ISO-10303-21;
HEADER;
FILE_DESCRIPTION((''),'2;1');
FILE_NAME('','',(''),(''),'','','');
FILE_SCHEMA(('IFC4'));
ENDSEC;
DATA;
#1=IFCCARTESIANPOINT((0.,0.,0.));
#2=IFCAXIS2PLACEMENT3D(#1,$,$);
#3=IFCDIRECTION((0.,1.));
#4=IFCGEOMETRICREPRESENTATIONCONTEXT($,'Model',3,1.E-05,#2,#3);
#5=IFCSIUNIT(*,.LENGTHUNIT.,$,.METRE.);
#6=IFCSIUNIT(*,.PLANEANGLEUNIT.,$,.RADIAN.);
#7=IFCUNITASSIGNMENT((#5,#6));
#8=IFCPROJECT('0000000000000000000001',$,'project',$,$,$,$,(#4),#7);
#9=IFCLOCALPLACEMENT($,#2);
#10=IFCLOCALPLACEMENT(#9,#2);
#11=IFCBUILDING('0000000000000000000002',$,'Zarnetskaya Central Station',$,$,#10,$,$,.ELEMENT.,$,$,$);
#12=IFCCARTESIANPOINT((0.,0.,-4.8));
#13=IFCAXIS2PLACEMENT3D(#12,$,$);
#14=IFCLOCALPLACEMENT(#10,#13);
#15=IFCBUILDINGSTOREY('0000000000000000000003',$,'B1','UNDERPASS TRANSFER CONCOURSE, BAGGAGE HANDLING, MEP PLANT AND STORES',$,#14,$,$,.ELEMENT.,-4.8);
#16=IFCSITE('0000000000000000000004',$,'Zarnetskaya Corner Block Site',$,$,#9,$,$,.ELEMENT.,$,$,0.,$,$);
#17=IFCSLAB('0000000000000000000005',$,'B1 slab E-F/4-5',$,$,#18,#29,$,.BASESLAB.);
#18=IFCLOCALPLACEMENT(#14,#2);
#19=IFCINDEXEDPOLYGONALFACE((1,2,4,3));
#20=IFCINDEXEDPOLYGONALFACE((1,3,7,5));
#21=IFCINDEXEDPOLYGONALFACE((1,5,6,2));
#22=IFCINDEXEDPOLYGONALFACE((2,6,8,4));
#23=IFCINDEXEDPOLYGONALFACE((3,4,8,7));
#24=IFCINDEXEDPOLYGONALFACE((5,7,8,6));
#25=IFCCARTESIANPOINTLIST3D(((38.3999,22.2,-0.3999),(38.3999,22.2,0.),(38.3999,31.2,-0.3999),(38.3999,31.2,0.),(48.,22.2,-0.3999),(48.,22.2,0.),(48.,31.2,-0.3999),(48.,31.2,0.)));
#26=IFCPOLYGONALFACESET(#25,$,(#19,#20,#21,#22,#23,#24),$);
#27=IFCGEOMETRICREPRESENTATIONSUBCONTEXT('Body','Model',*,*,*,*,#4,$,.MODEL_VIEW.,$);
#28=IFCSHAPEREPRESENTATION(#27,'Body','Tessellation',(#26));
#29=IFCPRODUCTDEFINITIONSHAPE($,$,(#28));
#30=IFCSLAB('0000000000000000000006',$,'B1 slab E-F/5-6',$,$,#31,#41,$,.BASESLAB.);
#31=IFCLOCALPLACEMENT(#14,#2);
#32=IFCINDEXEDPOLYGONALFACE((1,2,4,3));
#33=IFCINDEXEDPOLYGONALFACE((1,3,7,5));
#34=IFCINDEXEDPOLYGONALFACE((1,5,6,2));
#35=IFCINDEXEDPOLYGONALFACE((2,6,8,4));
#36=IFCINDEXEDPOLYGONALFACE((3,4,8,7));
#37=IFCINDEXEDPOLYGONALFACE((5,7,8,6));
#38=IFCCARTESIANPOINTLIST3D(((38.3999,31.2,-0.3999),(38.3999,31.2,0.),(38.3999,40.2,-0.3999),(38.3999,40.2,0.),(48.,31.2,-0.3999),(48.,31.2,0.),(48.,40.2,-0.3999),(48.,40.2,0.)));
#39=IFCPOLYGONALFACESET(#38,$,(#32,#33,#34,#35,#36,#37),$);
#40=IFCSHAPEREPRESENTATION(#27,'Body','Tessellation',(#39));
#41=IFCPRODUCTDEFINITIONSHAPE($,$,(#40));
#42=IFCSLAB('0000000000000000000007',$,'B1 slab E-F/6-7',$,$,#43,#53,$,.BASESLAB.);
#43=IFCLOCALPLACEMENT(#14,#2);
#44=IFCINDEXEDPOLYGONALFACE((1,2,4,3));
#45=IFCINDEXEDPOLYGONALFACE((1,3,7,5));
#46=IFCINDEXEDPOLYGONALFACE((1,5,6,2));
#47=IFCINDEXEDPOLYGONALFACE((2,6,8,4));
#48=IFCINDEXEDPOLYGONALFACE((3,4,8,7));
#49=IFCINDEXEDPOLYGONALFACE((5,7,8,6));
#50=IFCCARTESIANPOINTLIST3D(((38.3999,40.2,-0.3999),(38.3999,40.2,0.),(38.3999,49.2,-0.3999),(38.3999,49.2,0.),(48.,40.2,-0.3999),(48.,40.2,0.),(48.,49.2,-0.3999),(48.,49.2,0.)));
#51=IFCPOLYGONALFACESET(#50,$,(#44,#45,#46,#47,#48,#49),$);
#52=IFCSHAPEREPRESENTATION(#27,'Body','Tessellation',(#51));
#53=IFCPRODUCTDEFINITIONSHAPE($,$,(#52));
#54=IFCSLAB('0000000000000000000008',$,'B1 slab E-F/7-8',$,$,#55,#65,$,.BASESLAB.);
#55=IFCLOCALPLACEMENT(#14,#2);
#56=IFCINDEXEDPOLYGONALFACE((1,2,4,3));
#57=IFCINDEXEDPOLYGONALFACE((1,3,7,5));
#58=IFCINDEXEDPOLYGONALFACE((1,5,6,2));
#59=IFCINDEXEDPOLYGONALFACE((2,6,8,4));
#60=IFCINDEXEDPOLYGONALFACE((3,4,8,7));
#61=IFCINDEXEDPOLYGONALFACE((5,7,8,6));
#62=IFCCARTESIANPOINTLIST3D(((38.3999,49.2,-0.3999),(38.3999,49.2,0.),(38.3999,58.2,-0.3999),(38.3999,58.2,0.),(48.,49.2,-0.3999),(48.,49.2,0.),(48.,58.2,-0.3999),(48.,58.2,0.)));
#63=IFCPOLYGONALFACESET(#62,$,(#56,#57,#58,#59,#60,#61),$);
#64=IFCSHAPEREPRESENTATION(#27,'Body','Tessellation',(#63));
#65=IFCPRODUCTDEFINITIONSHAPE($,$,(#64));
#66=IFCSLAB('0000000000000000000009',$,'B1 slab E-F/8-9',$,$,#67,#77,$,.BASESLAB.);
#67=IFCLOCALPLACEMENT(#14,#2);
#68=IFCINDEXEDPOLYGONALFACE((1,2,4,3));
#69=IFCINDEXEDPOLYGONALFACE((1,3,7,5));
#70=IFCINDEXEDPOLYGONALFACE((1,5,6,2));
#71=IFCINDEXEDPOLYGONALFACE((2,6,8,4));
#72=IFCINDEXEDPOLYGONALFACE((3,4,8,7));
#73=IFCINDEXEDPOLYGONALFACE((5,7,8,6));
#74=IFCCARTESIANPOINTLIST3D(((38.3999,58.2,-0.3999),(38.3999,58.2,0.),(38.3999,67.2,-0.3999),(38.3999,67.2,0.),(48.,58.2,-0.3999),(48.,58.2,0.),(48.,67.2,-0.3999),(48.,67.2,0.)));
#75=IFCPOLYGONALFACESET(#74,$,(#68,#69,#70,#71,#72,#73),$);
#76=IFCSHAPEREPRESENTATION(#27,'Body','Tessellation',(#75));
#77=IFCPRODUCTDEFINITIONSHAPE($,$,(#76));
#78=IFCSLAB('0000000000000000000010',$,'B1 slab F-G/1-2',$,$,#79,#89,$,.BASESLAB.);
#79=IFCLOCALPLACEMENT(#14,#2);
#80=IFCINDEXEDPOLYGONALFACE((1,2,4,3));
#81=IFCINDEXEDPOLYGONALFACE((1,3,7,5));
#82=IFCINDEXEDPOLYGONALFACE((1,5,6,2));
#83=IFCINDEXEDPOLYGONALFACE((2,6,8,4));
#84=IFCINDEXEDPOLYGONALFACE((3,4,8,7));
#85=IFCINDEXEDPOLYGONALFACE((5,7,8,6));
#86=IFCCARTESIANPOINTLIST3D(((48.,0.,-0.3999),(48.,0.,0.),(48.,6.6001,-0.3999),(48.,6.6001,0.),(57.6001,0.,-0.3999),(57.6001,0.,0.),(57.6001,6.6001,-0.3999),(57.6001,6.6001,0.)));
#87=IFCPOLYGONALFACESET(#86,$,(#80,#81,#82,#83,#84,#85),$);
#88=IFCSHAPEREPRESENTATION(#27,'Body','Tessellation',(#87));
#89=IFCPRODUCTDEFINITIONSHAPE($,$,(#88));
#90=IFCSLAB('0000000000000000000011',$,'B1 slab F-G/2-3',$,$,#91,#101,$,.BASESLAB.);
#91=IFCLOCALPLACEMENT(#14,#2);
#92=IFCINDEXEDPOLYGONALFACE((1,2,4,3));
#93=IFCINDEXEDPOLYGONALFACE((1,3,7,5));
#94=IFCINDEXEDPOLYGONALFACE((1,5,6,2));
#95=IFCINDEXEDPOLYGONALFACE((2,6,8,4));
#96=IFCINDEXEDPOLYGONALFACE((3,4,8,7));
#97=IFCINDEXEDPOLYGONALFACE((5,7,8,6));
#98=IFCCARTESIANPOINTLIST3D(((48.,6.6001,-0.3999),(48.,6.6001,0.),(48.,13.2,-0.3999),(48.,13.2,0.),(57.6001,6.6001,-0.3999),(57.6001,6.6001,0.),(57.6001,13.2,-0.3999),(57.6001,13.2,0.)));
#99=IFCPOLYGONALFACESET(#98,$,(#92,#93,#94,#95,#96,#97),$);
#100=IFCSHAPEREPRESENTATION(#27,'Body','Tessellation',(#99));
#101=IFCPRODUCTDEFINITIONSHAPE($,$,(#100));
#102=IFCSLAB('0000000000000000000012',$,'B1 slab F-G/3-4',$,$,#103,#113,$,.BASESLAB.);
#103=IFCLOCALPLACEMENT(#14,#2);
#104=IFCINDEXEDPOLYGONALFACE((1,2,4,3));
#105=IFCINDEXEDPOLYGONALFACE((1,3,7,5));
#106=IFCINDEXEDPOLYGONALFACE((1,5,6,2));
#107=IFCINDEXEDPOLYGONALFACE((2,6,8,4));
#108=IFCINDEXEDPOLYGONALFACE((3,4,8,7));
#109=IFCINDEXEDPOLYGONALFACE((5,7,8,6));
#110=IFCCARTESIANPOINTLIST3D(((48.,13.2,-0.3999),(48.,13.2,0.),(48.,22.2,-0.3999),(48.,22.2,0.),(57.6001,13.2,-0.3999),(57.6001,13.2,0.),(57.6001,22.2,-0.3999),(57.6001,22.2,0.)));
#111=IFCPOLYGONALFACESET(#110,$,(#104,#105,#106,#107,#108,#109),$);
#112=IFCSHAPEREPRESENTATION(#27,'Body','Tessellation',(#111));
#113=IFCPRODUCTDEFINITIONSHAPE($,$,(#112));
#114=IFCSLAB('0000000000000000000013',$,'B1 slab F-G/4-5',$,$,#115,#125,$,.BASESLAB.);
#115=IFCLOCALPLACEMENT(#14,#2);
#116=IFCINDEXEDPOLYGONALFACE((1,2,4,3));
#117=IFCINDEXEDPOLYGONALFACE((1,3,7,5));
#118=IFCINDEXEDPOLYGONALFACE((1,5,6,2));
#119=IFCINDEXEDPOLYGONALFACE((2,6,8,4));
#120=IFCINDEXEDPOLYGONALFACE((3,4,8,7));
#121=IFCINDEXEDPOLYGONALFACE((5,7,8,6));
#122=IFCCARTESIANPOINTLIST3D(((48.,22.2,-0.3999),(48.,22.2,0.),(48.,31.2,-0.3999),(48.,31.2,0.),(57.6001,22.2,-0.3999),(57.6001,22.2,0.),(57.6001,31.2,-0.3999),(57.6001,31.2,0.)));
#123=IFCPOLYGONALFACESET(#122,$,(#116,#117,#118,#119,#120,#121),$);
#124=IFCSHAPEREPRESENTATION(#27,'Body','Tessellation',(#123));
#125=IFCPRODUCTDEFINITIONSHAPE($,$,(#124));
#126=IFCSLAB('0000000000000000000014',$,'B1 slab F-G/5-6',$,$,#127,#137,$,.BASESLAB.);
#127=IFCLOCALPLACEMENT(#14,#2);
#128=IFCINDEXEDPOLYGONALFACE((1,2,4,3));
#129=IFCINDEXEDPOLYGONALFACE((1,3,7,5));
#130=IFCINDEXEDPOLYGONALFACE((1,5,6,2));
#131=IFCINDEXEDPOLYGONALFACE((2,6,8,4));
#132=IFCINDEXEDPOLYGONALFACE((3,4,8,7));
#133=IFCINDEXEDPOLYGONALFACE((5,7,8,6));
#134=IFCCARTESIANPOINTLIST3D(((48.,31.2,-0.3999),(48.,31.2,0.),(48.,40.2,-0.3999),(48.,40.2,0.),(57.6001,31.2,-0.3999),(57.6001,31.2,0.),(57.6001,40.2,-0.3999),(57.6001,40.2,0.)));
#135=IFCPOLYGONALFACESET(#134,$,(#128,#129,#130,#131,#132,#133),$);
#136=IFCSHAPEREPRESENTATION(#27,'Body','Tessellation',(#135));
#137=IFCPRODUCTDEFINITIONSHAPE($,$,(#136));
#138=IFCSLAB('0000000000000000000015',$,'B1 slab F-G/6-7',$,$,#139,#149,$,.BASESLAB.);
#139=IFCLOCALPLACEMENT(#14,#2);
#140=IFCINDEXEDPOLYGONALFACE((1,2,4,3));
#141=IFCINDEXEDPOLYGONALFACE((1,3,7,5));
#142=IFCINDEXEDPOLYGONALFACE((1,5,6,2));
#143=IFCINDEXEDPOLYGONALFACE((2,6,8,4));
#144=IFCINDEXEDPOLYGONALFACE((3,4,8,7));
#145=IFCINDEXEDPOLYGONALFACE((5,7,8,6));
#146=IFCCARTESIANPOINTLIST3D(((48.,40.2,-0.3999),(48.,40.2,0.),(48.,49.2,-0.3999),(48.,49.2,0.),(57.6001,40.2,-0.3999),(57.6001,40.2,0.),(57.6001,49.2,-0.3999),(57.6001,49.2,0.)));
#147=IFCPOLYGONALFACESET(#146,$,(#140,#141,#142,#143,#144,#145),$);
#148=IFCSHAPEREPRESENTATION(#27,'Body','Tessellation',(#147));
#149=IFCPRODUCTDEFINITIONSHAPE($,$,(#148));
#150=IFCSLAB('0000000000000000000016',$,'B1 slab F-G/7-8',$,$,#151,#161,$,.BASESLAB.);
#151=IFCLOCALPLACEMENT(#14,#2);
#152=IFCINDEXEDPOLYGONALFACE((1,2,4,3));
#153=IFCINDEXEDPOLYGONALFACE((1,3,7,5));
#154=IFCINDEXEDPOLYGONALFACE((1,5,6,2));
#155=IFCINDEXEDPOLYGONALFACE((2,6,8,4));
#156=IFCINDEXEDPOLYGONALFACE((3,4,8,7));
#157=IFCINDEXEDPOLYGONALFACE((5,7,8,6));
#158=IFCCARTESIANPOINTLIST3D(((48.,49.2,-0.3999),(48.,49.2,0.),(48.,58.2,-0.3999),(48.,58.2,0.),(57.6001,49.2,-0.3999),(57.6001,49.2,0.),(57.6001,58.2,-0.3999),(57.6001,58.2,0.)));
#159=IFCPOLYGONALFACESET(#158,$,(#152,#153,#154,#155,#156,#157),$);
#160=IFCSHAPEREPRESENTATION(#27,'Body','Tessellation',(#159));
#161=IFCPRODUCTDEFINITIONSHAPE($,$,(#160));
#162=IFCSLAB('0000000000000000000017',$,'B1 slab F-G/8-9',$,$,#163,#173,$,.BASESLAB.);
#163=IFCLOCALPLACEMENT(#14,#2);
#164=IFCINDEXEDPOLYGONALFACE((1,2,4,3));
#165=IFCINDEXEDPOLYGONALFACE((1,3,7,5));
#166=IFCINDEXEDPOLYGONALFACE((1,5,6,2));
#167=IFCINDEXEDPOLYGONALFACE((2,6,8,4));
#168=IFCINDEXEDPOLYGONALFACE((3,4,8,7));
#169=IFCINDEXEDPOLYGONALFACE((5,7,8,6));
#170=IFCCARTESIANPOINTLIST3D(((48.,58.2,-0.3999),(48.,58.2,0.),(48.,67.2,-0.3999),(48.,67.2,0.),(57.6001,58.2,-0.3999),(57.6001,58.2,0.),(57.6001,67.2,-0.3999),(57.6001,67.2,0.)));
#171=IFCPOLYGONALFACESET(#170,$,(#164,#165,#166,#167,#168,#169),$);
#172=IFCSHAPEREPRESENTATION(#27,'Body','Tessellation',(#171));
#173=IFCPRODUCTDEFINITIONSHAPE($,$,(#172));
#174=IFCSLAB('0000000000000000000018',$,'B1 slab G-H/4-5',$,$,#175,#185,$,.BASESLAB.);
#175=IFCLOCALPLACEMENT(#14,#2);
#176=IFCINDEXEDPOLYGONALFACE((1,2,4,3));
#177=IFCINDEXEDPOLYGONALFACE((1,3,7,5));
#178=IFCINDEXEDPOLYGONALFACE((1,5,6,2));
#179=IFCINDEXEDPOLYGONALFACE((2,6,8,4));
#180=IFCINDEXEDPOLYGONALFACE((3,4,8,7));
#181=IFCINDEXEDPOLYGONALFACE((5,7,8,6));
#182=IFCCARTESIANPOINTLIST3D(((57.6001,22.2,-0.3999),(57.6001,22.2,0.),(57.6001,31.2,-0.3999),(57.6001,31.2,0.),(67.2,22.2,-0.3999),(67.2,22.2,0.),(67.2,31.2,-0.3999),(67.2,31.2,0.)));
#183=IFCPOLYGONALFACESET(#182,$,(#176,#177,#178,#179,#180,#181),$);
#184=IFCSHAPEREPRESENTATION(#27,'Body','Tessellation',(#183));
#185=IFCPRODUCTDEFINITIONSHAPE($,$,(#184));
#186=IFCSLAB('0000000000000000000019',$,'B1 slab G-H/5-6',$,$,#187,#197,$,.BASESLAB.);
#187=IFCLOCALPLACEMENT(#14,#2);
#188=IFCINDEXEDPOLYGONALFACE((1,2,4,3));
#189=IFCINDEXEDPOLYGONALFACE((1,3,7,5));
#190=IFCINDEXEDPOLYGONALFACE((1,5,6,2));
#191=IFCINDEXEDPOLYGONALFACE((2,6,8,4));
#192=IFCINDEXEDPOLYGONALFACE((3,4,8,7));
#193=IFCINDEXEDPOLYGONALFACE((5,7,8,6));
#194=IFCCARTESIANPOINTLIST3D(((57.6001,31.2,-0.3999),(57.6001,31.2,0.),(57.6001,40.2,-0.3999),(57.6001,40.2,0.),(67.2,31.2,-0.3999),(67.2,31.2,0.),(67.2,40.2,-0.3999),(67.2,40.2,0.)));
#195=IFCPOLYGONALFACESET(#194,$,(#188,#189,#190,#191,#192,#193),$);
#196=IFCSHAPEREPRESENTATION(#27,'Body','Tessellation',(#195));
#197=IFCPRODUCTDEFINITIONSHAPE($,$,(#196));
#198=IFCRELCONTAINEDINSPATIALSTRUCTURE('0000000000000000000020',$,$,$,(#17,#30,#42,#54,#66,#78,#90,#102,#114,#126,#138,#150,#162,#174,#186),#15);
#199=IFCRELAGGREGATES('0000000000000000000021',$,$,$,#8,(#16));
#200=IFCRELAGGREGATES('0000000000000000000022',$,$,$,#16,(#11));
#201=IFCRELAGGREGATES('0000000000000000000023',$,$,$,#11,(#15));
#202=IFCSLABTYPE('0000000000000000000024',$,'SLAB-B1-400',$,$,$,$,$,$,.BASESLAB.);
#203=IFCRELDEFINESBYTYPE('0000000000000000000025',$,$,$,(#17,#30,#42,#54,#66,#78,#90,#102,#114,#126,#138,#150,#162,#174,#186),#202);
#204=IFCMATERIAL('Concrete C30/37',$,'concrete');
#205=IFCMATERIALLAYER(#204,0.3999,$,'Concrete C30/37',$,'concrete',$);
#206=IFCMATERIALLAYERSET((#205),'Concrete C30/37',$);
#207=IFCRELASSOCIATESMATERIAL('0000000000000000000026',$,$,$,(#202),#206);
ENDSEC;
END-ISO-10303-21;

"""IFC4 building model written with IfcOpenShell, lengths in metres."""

from ifc_helpers import new_model, si_unit, direction, frame, origin, place, context, subcontext, project, spatial, polyline, outline, extrude, material, layer, layer_set, type_object, element, save


model = new_model("IFC4")

# Units and contexts
model_context = context("Model", 3, precision=1e-05, world=origin(), true_north=direction((0.0, 1.0)))
body_context = subcontext(model_context, "Body", "Model", "MODEL_VIEW")
ifc_project = project(units=[si_unit("LENGTHUNIT", "METRE"), si_unit("PLANEANGLEUNIT", "RADIAN")], contexts=[model_context])

# Site, building, storey
site_placement = place(None, origin())
site = spatial("IfcSite", under=ifc_project, at=site_placement, Name="Zarnetskaya Corner Block Site", CompositionType="ELEMENT", RefElevation=0.0)
building_placement = place(site_placement, origin())
building = spatial("IfcBuilding", under=site, at=building_placement, Name="Zarnetskaya Central Station", CompositionType="ELEMENT")
storey_placement = place(building_placement, frame((0.0, 0.0, -4.8)))
storey = spatial("IfcBuildingStorey", under=building, at=storey_placement, Name="B1", Description="UNDERPASS TRANSFER CONCOURSE, BAGGAGE HANDLING, MEP PLANT AND STORES", CompositionType="ELEMENT", Elevation=-4.8)

# Slabs
ifc_material = material(Name="Concrete C30/37", Category="concrete")
ifc_layer = layer(ifc_material, 0.3999, Name="Concrete C30/37", Category="concrete")
ifc_layer_set = layer_set([ifc_layer], Name="Concrete C30/37")
slab_type = type_object("IfcSlabType", Name="SLAB-B1-400", PredefinedType="BASESLAB", material=ifc_layer_set)
slab_1_placement = place(storey_placement, frame((0.0, 0.0, -0.3999)))
element("IfcSlab", 1, at=slab_1_placement, inside=storey, type_object=slab_type, Name="B1 slab E-F/4-5", PredefinedType="BASESLAB", context=body_context, shape_type="SweptSolid", body=[
    extrude(outline(polyline([(38.3999, 22.2), (48.0, 22.2), (48.0, 31.2), (38.3999, 31.2), (38.3999, 22.2)])), origin(), (0.0, 0.0, 1.0), 0.3999),
])
slab_2_placement = place(storey_placement, frame((0.0, 0.0, -0.3999)))
element("IfcSlab", 2, at=slab_2_placement, inside=storey, type_object=slab_type, Name="B1 slab E-F/5-6", PredefinedType="BASESLAB", context=body_context, shape_type="SweptSolid", body=[
    extrude(outline(polyline([(38.3999, 31.2), (48.0, 31.2), (48.0, 40.2), (38.3999, 40.2), (38.3999, 31.2)])), origin(), (0.0, 0.0, 1.0), 0.3999),
])
slab_3_placement = place(storey_placement, frame((0.0, 0.0, -0.3999)))
element("IfcSlab", 3, at=slab_3_placement, inside=storey, type_object=slab_type, Name="B1 slab E-F/6-7", PredefinedType="BASESLAB", context=body_context, shape_type="SweptSolid", body=[
    extrude(outline(polyline([(38.3999, 40.2), (48.0, 40.2), (48.0, 49.2), (38.3999, 49.2), (38.3999, 40.2)])), origin(), (0.0, 0.0, 1.0), 0.3999),
])
slab_4_placement = place(storey_placement, frame((0.0, 0.0, -0.3999)))
element("IfcSlab", 4, at=slab_4_placement, inside=storey, type_object=slab_type, Name="B1 slab E-F/7-8", PredefinedType="BASESLAB", context=body_context, shape_type="SweptSolid", body=[
    extrude(outline(polyline([(38.3999, 49.2), (48.0, 49.2), (48.0, 58.2), (38.3999, 58.2), (38.3999, 49.2)])), origin(), (0.0, 0.0, 1.0), 0.3999),
])
slab_5_placement = place(storey_placement, frame((0.0, 0.0, -0.3999)))
element("IfcSlab", 5, at=slab_5_placement, inside=storey, type_object=slab_type, Name="B1 slab E-F/8-9", PredefinedType="BASESLAB", context=body_context, shape_type="SweptSolid", body=[
    extrude(outline(polyline([(38.3999, 58.2), (48.0, 58.2), (48.0, 67.2), (38.3999, 67.2), (38.3999, 58.2)])), origin(), (0.0, 0.0, 1.0), 0.3999),
])
slab_6_placement = place(storey_placement, frame((0.0, 0.0, -0.3999)))
element("IfcSlab", 6, at=slab_6_placement, inside=storey, type_object=slab_type, Name="B1 slab F-G/1-2", PredefinedType="BASESLAB", context=body_context, shape_type="SweptSolid", body=[
    extrude(outline(polyline([(48.0, 0.0), (57.6001, 0.0), (57.6001, 6.6001), (48.0, 6.6001), (48.0, 0.0)])), origin(), (0.0, 0.0, 1.0), 0.3999),
])
slab_7_placement = place(storey_placement, frame((0.0, 0.0, -0.3999)))
element("IfcSlab", 7, at=slab_7_placement, inside=storey, type_object=slab_type, Name="B1 slab F-G/2-3", PredefinedType="BASESLAB", context=body_context, shape_type="SweptSolid", body=[
    extrude(outline(polyline([(48.0, 6.6001), (57.6001, 6.6001), (57.6001, 13.2), (48.0, 13.2), (48.0, 6.6001)])), origin(), (0.0, 0.0, 1.0), 0.3999),
])
slab_8_placement = place(storey_placement, frame((0.0, 0.0, -0.3999)))
element("IfcSlab", 8, at=slab_8_placement, inside=storey, type_object=slab_type, Name="B1 slab F-G/3-4", PredefinedType="BASESLAB", context=body_context, shape_type="SweptSolid", body=[
    extrude(outline(polyline([(48.0, 13.2), (57.6001, 13.2), (57.6001, 22.2), (48.0, 22.2), (48.0, 13.2)])), origin(), (0.0, 0.0, 1.0), 0.3999),
])
slab_9_placement = place(storey_placement, frame((0.0, 0.0, -0.3999)))
element("IfcSlab", 9, at=slab_9_placement, inside=storey, type_object=slab_type, Name="B1 slab F-G/4-5", PredefinedType="BASESLAB", context=body_context, shape_type="SweptSolid", body=[
    extrude(outline(polyline([(48.0, 22.2), (57.6001, 22.2), (57.6001, 31.2), (48.0, 31.2), (48.0, 22.2)])), origin(), (0.0, 0.0, 1.0), 0.3999),
])
slab_10_placement = place(storey_placement, frame((0.0, 0.0, -0.3999)))
element("IfcSlab", 10, at=slab_10_placement, inside=storey, type_object=slab_type, Name="B1 slab F-G/5-6", PredefinedType="BASESLAB", context=body_context, shape_type="SweptSolid", body=[
    extrude(outline(polyline([(48.0, 31.2), (57.6001, 31.2), (57.6001, 40.2), (48.0, 40.2), (48.0, 31.2)])), origin(), (0.0, 0.0, 1.0), 0.3999),
])
slab_11_placement = place(storey_placement, frame((0.0, 0.0, -0.3999)))
element("IfcSlab", 11, at=slab_11_placement, inside=storey, type_object=slab_type, Name="B1 slab F-G/6-7", PredefinedType="BASESLAB", context=body_context, shape_type="SweptSolid", body=[
    extrude(outline(polyline([(48.0, 40.2), (57.6001, 40.2), (57.6001, 49.2), (48.0, 49.2), (48.0, 40.2)])), origin(), (0.0, 0.0, 1.0), 0.3999),
])
slab_12_placement = place(storey_placement, frame((0.0, 0.0, -0.3999)))
element("IfcSlab", 12, at=slab_12_placement, inside=storey, type_object=slab_type, Name="B1 slab F-G/7-8", PredefinedType="BASESLAB", context=body_context, shape_type="SweptSolid", body=[
    extrude(outline(polyline([(48.0, 49.2), (57.6001, 49.2), (57.6001, 58.2), (48.0, 58.2), (48.0, 49.2)])), origin(), (0.0, 0.0, 1.0), 0.3999),
])
slab_13_placement = place(storey_placement, frame((0.0, 0.0, -0.3999)))
element("IfcSlab", 13, at=slab_13_placement, inside=storey, type_object=slab_type, Name="B1 slab F-G/8-9", PredefinedType="BASESLAB", context=body_context, shape_type="SweptSolid", body=[
    extrude(outline(polyline([(48.0, 58.2), (57.6001, 58.2), (57.6001, 67.2), (48.0, 67.2), (48.0, 58.2)])), origin(), (0.0, 0.0, 1.0), 0.3999),
])
slab_14_placement = place(storey_placement, frame((0.0, 0.0, -0.3999)))
element("IfcSlab", 14, at=slab_14_placement, inside=storey, type_object=slab_type, Name="B1 slab G-H/4-5", PredefinedType="BASESLAB", context=body_context, shape_type="SweptSolid", body=[
    extrude(outline(polyline([(57.6001, 22.2), (67.2, 22.2), (67.2, 31.2), (57.6001, 31.2), (57.6001, 22.2)])), origin(), (0.0, 0.0, 1.0), 0.3999),
])
slab_15_placement = place(storey_placement, frame((0.0, 0.0, -0.3999)))
element("IfcSlab", 15, at=slab_15_placement, inside=storey, type_object=slab_type, Name="B1 slab G-H/5-6", PredefinedType="BASESLAB", context=body_context, shape_type="SweptSolid", body=[
    extrude(outline(polyline([(57.6001, 31.2), (67.2, 31.2), (67.2, 40.2), (57.6001, 40.2), (57.6001, 31.2)])), origin(), (0.0, 0.0, 1.0), 0.3999),
])

save(model, "model.ifc")
